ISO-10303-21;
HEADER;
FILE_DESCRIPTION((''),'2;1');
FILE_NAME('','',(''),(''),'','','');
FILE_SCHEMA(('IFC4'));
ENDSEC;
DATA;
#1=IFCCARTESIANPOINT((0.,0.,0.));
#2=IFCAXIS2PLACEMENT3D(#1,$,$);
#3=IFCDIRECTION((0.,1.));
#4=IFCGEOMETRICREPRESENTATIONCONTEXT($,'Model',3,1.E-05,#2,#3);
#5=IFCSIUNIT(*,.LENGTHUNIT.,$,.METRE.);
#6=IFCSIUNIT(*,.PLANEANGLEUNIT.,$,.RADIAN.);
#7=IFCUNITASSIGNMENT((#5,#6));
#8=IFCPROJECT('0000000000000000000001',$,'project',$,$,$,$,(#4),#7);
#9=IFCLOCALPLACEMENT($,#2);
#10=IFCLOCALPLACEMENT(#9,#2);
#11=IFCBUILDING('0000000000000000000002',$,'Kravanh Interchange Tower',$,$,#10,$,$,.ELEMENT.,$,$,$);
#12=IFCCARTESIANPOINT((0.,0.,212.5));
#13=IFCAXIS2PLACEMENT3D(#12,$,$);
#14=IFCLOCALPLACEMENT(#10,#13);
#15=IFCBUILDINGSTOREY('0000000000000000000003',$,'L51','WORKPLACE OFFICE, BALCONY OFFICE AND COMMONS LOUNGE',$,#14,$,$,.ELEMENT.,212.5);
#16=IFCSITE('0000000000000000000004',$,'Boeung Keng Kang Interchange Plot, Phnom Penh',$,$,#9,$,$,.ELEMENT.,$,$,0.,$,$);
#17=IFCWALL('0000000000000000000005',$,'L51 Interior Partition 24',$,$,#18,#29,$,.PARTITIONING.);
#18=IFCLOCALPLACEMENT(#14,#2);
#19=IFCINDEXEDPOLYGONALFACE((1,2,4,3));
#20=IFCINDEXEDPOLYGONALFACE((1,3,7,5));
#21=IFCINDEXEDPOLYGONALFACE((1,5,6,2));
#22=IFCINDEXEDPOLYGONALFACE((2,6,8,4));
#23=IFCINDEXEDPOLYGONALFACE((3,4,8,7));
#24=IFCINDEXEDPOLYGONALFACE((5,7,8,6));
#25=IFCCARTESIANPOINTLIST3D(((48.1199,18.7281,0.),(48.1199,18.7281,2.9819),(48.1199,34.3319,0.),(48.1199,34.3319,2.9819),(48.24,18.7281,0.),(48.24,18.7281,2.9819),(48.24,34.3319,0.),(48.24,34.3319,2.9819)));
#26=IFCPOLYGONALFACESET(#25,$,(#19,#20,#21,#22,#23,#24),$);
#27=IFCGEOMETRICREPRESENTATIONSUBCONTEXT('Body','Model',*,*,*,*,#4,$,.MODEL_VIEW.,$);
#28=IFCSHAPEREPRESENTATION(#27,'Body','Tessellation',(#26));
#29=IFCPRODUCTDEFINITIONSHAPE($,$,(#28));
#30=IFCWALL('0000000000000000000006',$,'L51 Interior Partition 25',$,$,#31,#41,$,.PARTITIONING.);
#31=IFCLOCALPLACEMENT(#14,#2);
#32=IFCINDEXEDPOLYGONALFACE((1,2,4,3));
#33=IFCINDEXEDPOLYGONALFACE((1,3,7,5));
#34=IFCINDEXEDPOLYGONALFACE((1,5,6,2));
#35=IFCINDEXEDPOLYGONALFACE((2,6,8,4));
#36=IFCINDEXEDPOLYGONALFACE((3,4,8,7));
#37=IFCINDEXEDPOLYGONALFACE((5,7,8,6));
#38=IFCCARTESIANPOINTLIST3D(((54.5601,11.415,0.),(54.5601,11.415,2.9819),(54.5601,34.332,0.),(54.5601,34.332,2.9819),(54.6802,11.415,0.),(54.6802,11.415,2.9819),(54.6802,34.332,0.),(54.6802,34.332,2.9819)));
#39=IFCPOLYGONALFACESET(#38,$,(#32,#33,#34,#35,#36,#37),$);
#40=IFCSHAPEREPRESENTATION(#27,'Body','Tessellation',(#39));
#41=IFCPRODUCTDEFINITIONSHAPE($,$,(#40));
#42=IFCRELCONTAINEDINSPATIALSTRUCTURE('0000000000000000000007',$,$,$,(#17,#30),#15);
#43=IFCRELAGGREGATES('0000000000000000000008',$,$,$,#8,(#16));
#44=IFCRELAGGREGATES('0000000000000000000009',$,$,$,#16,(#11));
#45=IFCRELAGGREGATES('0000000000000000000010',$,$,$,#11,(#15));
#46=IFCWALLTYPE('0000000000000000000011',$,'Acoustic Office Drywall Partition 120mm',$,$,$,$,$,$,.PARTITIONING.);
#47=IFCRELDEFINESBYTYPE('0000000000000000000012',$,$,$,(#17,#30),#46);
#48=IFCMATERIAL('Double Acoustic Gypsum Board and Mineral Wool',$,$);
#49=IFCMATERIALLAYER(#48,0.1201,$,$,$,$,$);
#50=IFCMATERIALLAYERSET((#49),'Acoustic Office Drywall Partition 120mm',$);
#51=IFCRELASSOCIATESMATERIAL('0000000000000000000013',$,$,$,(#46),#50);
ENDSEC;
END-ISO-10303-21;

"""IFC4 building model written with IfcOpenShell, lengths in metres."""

from ifc_helpers import new_model, si_unit, direction, frame, frame_2d, origin, place, context, subcontext, project, spatial, rectangle, extrude, material, layer, layer_set, type_object, element, save


model = new_model("IFC4")

# Units and contexts
model_context = context("Model", 3, precision=1e-05, world=origin(), true_north=direction((0.0, 1.0)))
body_context = subcontext(model_context, "Body", "Model", "MODEL_VIEW")
ifc_project = project(units=[si_unit("LENGTHUNIT", "METRE"), si_unit("PLANEANGLEUNIT", "RADIAN")], contexts=[model_context])

# Site, building, storey
site_placement = place(None, origin())
site = spatial("IfcSite", under=ifc_project, at=site_placement, Name="Boeung Keng Kang Interchange Plot, Phnom Penh", CompositionType="ELEMENT", RefElevation=0.0)
building_placement = place(site_placement, origin())
building = spatial("IfcBuilding", under=site, at=building_placement, Name="Kravanh Interchange Tower", CompositionType="ELEMENT")
storey_placement = place(building_placement, frame((0.0, 0.0, 212.5)))
storey = spatial("IfcBuildingStorey", under=building, at=storey_placement, Name="L51", Description="WORKPLACE OFFICE, BALCONY OFFICE AND COMMONS LOUNGE", CompositionType="ELEMENT", Elevation=212.5)

# Walls
ifc_material_1 = material(Name="Double Acoustic Gypsum Board and Mineral Wool")
ifc_layer_1 = layer(ifc_material_1, 0.1201)
ifc_layer_set_1 = layer_set([ifc_layer_1], Name="Acoustic Office Drywall Partition 120mm")
wall_type = type_object("IfcWallType", Name="Acoustic Office Drywall Partition 120mm", PredefinedType="PARTITIONING", material=ifc_layer_set_1)
wall_1_placement = place(storey_placement, frame((48.1799, 18.7283, 0.0), z_axis=(0.0, 0.0, 1.0), x_axis=(0.0, 1.0, 0.0)))
element("IfcWall", 1, at=wall_1_placement, inside=storey, type_object=wall_type, Name="L51 Interior Partition 24", PredefinedType="PARTITIONING", context=body_context, shape_type="SweptSolid", body=[
    extrude(rectangle(XDim=15.6038, YDim=0.1201, at=frame_2d((7.8018, 0.0))), origin(), (0.0, 0.0, 1.0), 2.9819),
])
wall_2_placement = place(storey_placement, frame((54.6201, 11.415, 0.0), z_axis=(0.0, 0.0, 1.0), x_axis=(0.0, 1.0, 0.0)))
element("IfcWall", 2, at=wall_2_placement, inside=storey, type_object=wall_type, Name="L51 Interior Partition 25", PredefinedType="PARTITIONING", context=body_context, shape_type="SweptSolid", body=[
    extrude(rectangle(XDim=22.917, YDim=0.1201, at=frame_2d((11.4585, 0.0))), origin(), (0.0, 0.0, 1.0), 2.9819),
])

save(model, "model.ifc")
